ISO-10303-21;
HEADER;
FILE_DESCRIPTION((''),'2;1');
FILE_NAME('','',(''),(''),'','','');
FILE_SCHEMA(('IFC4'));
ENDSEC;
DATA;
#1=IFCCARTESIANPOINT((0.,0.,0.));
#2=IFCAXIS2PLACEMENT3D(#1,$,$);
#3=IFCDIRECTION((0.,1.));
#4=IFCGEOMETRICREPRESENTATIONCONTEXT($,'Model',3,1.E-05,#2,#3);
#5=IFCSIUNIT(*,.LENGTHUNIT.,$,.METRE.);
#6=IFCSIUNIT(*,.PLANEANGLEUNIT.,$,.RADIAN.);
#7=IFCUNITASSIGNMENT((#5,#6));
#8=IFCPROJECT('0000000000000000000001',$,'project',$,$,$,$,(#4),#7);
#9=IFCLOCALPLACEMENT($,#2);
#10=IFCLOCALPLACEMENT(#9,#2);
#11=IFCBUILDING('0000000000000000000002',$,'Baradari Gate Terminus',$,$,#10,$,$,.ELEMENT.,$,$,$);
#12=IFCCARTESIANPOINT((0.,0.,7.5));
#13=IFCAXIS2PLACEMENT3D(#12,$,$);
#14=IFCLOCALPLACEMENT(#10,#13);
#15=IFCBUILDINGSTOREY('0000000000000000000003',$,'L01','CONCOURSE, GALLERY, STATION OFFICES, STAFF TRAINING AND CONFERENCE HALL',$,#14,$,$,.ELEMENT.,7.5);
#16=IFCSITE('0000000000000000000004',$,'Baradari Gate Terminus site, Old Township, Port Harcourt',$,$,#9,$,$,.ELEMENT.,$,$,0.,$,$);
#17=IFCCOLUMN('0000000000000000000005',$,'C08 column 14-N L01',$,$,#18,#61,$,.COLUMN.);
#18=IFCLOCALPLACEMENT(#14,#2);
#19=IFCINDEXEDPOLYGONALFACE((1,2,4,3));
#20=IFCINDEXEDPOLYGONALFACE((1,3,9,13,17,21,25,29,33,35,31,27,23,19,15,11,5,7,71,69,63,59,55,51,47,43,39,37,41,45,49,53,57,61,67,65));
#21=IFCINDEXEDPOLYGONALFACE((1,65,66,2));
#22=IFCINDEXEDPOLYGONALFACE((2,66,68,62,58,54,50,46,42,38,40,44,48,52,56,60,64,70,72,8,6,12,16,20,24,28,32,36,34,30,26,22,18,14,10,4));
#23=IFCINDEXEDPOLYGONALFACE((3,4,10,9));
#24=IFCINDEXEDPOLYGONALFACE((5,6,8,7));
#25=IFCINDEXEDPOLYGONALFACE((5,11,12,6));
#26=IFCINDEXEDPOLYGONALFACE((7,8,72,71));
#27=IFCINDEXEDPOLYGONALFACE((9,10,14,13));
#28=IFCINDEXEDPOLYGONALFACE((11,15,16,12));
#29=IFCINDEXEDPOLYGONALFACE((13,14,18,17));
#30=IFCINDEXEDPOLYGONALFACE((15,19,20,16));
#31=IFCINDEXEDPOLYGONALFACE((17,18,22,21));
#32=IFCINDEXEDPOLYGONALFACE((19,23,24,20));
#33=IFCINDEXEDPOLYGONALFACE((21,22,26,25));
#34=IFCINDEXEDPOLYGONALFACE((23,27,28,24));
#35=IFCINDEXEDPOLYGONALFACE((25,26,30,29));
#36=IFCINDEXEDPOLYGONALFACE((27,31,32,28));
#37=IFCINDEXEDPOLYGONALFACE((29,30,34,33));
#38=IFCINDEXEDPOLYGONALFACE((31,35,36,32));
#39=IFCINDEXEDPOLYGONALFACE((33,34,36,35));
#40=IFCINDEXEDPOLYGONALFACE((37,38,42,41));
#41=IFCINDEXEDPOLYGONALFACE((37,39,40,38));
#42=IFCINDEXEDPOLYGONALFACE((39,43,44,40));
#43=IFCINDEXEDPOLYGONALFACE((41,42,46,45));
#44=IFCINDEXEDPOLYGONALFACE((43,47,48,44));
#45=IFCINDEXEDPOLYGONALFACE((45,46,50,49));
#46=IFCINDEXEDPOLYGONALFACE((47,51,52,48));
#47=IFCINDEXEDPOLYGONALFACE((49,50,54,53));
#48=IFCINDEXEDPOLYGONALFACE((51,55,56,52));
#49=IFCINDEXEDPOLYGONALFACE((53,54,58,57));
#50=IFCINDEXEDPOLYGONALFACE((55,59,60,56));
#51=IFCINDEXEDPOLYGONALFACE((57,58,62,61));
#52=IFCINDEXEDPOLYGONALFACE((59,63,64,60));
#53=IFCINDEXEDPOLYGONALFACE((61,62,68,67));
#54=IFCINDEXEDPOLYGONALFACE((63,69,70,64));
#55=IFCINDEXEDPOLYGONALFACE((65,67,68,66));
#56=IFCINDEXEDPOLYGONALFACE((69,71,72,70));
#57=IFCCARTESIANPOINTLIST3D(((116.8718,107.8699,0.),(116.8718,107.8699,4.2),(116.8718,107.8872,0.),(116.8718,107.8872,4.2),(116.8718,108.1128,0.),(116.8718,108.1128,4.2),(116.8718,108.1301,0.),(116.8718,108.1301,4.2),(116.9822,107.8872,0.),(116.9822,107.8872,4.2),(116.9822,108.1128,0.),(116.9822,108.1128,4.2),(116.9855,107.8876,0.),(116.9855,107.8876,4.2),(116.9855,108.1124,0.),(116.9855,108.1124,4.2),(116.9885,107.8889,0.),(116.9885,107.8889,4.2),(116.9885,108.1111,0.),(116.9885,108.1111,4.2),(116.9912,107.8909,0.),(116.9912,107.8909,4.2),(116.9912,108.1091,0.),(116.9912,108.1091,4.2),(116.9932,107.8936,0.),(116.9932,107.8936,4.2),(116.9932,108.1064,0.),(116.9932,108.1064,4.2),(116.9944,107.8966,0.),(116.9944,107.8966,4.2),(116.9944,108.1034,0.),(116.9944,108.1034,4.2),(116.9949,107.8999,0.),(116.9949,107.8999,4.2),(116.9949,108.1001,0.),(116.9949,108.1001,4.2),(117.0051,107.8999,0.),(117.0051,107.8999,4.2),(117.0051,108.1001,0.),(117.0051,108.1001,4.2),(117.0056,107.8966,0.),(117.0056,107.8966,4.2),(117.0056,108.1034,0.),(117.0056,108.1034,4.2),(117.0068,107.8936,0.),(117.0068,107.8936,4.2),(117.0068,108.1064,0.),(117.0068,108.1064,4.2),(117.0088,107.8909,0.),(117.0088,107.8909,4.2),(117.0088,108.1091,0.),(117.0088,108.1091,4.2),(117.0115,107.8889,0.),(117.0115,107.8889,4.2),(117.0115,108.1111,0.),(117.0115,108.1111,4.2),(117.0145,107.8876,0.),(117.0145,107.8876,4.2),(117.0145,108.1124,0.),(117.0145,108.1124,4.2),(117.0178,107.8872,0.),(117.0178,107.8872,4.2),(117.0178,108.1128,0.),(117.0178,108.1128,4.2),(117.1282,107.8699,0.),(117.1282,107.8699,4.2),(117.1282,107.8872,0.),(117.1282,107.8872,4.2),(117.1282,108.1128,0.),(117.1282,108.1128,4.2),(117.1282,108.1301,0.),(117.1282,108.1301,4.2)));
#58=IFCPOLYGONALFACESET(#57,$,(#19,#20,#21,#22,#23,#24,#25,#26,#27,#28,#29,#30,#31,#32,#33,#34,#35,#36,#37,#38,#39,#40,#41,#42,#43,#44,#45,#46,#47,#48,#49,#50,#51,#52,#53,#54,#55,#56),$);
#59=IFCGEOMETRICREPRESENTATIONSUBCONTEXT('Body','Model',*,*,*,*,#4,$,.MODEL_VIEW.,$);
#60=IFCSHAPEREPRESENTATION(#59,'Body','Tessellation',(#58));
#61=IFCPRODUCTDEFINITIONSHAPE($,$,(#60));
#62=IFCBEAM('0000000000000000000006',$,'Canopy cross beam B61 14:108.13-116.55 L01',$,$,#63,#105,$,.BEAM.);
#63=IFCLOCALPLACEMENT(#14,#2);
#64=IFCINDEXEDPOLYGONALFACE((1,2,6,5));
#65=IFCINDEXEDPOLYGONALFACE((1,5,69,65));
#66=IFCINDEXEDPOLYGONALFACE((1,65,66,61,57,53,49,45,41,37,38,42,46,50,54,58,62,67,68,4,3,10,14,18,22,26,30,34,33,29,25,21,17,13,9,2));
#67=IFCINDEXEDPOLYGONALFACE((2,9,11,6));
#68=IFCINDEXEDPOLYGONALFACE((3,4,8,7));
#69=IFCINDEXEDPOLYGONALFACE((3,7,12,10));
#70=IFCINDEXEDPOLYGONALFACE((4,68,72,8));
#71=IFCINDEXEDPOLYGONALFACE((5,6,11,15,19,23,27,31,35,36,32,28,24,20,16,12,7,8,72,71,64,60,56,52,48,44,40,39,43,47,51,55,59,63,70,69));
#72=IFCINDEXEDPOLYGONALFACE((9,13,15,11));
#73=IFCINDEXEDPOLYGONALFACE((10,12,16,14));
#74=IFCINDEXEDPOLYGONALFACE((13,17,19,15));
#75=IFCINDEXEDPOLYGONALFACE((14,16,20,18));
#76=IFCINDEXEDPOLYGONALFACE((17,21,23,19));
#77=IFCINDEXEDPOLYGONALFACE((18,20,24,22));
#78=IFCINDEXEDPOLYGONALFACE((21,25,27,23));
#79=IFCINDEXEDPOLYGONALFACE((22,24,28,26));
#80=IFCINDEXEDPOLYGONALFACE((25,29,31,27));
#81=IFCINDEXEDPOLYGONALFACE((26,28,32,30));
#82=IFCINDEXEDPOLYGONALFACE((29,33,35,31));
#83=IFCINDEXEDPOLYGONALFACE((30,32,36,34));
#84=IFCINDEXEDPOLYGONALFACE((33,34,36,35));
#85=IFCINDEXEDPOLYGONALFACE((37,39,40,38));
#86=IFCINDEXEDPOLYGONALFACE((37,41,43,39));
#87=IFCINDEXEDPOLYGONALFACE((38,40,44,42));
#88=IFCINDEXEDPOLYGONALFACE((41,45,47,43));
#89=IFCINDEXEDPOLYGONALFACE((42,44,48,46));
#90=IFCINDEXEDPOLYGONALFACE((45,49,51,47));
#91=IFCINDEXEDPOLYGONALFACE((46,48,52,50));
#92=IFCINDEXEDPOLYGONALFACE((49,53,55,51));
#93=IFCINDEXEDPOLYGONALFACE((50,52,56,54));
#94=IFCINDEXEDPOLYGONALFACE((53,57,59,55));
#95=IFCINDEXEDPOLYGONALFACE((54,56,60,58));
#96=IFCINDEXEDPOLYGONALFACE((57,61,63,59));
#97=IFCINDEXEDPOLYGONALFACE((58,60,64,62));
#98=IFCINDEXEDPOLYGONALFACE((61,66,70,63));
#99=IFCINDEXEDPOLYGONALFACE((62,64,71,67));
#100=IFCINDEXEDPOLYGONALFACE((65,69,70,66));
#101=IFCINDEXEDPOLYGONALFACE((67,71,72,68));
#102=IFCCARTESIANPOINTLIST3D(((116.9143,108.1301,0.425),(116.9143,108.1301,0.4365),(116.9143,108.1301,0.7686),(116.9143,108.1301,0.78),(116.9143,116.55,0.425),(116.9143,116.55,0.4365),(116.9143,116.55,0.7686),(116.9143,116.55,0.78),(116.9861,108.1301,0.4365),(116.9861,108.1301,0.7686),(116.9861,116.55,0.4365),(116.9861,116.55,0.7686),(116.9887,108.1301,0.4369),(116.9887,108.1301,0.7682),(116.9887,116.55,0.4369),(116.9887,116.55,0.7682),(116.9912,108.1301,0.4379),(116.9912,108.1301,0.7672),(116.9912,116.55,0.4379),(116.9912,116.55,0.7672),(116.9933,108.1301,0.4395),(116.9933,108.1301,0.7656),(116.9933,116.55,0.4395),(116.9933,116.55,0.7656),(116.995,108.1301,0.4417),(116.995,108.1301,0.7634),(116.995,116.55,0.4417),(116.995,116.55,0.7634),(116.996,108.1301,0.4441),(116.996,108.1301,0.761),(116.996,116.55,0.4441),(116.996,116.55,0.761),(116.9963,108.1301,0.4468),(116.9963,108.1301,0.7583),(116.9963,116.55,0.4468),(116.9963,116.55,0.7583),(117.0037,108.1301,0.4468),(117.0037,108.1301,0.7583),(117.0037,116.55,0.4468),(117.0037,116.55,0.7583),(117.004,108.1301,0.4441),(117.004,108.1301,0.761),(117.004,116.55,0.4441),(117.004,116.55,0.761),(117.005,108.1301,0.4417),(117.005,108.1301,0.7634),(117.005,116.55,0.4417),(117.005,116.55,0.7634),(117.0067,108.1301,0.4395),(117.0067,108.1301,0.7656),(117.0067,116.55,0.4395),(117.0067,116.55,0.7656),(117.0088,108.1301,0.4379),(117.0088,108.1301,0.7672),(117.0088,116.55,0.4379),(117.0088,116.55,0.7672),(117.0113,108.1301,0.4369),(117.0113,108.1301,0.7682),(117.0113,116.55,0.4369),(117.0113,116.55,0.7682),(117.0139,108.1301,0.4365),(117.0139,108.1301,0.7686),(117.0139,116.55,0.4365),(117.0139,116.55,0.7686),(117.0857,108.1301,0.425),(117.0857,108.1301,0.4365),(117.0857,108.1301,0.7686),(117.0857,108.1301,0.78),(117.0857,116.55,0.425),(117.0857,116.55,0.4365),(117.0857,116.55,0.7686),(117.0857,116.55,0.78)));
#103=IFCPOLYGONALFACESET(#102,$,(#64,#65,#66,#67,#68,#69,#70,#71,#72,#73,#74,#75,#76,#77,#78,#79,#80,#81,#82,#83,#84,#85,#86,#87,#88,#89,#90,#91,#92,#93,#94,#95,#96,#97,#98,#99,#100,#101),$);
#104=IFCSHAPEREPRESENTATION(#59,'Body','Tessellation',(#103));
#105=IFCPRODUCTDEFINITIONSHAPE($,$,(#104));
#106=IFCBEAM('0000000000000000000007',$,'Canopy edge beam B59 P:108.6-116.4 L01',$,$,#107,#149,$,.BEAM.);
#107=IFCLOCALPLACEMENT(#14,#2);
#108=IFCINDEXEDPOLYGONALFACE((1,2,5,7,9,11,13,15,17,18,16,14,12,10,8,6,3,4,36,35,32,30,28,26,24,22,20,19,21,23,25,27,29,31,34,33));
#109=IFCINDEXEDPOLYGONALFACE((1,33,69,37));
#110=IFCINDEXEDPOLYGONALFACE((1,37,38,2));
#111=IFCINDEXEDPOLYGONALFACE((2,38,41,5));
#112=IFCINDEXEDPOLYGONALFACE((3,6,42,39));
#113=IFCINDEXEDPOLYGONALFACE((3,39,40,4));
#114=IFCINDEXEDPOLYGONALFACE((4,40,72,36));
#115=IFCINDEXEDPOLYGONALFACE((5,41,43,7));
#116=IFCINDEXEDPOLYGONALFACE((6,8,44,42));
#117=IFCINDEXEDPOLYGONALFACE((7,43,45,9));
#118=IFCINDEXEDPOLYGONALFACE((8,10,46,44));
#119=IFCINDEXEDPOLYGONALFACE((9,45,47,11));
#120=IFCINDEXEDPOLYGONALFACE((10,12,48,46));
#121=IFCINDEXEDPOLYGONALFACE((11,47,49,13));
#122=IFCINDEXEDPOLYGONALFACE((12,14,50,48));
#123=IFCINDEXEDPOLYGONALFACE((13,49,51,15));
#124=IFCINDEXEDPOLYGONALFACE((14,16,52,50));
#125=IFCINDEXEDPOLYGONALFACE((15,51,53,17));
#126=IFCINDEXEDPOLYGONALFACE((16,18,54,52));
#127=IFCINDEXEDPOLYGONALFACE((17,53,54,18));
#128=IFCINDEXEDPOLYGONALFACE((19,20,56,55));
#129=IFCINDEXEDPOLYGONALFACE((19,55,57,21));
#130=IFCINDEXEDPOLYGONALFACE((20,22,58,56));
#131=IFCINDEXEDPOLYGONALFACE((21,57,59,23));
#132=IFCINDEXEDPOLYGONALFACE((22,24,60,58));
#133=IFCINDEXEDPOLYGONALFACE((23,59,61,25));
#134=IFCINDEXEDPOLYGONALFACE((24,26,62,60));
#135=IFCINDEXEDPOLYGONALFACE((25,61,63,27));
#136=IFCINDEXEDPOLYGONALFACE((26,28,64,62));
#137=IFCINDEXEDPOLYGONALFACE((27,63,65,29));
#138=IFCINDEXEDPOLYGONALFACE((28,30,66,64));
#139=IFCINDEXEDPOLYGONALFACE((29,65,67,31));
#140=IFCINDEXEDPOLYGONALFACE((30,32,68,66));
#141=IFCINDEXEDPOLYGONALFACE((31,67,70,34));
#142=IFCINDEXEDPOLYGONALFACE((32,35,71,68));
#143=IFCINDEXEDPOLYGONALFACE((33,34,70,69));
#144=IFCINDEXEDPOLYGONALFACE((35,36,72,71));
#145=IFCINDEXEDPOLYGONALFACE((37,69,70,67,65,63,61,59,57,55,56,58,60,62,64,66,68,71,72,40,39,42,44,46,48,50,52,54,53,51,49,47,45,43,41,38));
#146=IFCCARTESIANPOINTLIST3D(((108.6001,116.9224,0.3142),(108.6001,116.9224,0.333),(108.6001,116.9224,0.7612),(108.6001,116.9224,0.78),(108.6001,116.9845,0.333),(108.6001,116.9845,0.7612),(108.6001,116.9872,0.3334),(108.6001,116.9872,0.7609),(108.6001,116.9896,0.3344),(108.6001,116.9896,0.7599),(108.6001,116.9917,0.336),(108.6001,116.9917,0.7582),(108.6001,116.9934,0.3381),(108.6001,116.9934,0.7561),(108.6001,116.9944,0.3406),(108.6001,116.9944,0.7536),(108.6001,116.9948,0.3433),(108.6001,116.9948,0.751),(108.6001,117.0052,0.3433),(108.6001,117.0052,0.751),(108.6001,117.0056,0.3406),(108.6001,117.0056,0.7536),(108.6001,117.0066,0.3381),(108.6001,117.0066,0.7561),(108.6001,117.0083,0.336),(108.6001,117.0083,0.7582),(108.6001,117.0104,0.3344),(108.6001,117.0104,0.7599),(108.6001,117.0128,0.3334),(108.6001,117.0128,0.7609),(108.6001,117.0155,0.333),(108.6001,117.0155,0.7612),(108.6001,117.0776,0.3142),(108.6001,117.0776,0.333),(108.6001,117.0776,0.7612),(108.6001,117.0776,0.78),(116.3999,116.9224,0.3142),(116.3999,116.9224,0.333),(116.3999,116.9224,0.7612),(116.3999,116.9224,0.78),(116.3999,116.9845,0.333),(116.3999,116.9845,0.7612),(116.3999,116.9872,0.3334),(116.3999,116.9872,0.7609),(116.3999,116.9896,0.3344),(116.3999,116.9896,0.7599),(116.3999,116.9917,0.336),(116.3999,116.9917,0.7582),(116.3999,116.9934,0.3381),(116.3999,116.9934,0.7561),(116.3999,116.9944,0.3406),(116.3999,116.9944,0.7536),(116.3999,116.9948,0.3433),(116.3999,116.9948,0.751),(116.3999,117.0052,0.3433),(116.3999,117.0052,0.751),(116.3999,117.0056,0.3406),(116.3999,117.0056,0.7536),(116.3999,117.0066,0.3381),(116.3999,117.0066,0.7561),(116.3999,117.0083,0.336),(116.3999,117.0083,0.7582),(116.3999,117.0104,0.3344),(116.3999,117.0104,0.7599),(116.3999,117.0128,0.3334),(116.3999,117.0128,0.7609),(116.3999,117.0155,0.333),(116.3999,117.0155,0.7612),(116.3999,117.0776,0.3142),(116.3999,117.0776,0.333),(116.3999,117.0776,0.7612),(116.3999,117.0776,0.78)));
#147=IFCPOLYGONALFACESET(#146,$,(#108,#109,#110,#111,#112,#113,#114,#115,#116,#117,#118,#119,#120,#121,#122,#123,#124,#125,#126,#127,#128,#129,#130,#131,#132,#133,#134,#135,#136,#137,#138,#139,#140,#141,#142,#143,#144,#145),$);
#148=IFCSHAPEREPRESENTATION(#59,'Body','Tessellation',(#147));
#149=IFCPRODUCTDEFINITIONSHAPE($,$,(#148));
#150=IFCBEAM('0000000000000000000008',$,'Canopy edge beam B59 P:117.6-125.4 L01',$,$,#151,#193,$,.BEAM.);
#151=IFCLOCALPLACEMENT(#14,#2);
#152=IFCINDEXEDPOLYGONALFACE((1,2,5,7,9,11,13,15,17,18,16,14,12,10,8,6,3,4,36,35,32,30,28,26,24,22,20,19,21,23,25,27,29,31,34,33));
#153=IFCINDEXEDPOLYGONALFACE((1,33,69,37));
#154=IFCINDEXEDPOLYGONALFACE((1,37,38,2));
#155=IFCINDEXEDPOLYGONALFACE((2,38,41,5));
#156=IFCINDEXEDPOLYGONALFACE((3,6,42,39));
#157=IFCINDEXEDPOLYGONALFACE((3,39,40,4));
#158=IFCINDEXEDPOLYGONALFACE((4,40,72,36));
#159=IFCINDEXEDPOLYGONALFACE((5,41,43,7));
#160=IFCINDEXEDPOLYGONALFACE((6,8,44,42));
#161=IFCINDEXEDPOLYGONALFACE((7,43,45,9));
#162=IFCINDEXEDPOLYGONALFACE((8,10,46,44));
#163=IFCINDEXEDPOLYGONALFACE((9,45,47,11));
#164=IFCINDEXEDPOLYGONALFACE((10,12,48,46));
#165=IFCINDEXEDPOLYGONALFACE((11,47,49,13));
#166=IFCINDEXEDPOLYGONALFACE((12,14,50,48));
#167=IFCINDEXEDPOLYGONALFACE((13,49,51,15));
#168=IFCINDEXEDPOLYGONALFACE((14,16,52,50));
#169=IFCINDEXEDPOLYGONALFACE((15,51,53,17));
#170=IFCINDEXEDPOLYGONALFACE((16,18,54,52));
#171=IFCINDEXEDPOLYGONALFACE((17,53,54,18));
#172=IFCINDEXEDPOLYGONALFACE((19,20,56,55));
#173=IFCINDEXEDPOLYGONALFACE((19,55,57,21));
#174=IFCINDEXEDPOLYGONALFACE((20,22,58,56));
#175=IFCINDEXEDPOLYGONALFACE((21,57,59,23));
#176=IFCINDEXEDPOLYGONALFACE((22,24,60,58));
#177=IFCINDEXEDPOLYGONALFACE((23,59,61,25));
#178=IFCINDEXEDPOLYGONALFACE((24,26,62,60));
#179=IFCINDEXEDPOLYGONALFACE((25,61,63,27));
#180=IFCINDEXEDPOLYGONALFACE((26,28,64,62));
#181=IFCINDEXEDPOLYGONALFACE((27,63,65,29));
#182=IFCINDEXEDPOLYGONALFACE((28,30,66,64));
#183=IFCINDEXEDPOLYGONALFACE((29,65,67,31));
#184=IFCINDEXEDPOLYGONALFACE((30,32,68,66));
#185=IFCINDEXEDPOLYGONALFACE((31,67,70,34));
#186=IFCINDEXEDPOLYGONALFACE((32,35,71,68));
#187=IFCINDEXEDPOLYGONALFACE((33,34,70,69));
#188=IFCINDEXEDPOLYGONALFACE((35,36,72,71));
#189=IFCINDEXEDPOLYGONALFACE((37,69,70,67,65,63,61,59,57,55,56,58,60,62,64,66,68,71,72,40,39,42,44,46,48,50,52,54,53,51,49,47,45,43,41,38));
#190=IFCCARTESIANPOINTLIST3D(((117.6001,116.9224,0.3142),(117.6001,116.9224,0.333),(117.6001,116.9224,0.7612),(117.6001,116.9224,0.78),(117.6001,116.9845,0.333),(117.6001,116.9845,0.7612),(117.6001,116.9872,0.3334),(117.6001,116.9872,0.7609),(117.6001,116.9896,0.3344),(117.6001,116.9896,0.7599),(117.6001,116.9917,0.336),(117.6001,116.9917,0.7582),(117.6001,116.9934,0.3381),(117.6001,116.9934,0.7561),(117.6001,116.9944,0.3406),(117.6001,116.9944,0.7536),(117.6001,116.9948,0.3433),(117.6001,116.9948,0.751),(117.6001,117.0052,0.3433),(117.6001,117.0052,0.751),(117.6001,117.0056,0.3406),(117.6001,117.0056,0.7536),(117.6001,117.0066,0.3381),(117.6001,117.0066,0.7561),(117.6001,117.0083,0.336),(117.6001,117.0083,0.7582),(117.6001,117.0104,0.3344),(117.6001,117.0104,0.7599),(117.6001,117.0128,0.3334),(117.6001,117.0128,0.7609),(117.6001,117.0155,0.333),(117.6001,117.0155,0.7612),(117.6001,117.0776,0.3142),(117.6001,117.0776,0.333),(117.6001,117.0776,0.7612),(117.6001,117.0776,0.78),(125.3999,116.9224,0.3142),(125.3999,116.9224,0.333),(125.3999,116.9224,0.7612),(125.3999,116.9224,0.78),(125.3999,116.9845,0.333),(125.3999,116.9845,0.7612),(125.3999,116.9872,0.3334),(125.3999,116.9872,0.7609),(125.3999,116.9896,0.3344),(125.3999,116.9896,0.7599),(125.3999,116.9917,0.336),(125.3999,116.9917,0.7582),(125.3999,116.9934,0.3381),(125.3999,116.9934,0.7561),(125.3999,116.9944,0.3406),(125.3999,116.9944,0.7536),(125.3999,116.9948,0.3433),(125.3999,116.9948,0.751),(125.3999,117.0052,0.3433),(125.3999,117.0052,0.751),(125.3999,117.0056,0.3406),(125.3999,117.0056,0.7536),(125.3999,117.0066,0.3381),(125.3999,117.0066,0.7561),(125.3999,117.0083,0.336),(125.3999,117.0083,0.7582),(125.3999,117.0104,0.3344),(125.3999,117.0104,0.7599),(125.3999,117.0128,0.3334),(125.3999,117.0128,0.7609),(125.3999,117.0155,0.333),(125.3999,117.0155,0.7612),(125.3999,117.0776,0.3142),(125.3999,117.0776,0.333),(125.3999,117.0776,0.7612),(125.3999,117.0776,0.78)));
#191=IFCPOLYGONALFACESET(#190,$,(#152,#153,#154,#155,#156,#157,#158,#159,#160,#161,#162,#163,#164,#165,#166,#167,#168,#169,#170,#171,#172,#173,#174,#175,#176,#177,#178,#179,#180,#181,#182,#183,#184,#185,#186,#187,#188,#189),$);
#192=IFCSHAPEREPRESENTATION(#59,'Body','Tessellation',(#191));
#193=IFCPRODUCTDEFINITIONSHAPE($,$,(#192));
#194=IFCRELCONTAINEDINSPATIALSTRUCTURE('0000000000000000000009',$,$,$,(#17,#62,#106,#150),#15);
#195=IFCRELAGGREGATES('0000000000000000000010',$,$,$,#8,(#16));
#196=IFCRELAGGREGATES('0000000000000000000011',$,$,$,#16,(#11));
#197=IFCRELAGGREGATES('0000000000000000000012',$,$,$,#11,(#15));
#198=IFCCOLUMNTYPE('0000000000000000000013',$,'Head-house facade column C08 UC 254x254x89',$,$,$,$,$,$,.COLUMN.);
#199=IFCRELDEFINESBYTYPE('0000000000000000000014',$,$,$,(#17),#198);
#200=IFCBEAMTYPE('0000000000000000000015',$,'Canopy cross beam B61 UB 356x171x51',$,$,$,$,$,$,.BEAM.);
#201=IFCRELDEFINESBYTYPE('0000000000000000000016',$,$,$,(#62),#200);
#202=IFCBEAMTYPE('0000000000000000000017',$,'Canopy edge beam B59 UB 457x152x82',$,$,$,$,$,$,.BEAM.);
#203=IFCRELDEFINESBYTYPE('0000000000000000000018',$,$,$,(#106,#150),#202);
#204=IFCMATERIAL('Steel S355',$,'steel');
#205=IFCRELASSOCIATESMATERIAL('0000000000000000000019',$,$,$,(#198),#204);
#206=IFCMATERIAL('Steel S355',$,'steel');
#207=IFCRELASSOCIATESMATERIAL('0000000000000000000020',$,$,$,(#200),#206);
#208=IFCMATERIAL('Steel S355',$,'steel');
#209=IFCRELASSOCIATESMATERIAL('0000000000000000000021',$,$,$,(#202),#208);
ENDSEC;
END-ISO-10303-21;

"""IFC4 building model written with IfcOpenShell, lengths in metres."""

from ifc_helpers import new_model, si_unit, direction, frame, origin, origin_2d, place, context, subcontext, project, spatial, i_section, extrude, material, material_profile, profile_set, type_object, element, save


model = new_model("IFC4")

# Units and contexts
model_context = context("Model", 3, precision=1e-05, world=origin(), true_north=direction((0.0, 1.0)))
body_context = subcontext(model_context, "Body", "Model", "MODEL_VIEW")
ifc_project = project(units=[si_unit("LENGTHUNIT", "METRE"), si_unit("PLANEANGLEUNIT", "RADIAN")], contexts=[model_context])

# Site, building, storey
site_placement = place(None, origin())
site = spatial("IfcSite", under=ifc_project, at=site_placement, Name="Baradari Gate Terminus site, Old Township, Port Harcourt", CompositionType="ELEMENT", RefElevation=0.0)
building_placement = place(site_placement, origin())
building = spatial("IfcBuilding", under=site, at=building_placement, Name="Baradari Gate Terminus", CompositionType="ELEMENT")
storey_placement = place(building_placement, frame((0.0, 0.0, 7.5)))
storey = spatial("IfcBuildingStorey", under=building, at=storey_placement, Name="L01", Description="CONCOURSE, GALLERY, STATION OFFICES, STAFF TRAINING AND CONFERENCE HALL", CompositionType="ELEMENT", Elevation=7.5)

# Column
ifc_material_1 = material(Name="Steel S355", Category="steel")
ifc_material_profile_1 = material_profile(ifc_material_1, i_section(OverallWidth=0.2563, OverallDepth=0.2603, WebThickness=0.0103, FlangeThickness=0.0173, FilletRadius=0.0127, at=origin_2d()), Name="UC 254x254x89")
ifc_profile_set_1 = profile_set([ifc_material_profile_1], Name="Steel S355")
column_type = type_object("IfcColumnType", Name="Head-house facade column C08 UC 254x254x89", PredefinedType="COLUMN", material=ifc_profile_set_1)
column_placement = place(storey_placement, frame((117.0, 108.0, 0.0), z_axis=(0.0, 0.0, 1.0), x_axis=(1.0, 0.0, 0.0)))
element("IfcColumn", 1, at=column_placement, inside=storey, type_object=column_type, Name="C08 column 14-N L01", PredefinedType="COLUMN", context=body_context, shape_type="SweptSolid", body=[
    extrude(i_section(OverallWidth=0.2563, OverallDepth=0.2603, WebThickness=0.0103, FlangeThickness=0.0173, FilletRadius=0.0127, at=origin_2d()), origin(), (0.0, 0.0, 1.0), 4.2),
])

# Beams
ifc_material_2 = material(Name="Steel S355", Category="steel")
ifc_material_profile_2 = material_profile(ifc_material_2, i_section(OverallWidth=0.1714, OverallDepth=0.355, WebThickness=0.0073, FlangeThickness=0.0115, FilletRadius=0.0103, at=origin_2d()), Name="UB 356x171x51")
ifc_profile_set_2 = profile_set([ifc_material_profile_2], Name="Steel S355")
beam_type_1 = type_object("IfcBeamType", Name="Canopy cross beam B61 UB 356x171x51", PredefinedType="BEAM", material=ifc_profile_set_2)
beam_1_placement = place(storey_placement, frame((117.0, 108.1301, 0.6025), z_axis=(0.0, 1.0, 0.0), x_axis=(-1.0, 0.0, 0.0)))
element("IfcBeam", 2, at=beam_1_placement, inside=storey, type_object=beam_type_1, Name="Canopy cross beam B61 14:108.13-116.55 L01", PredefinedType="BEAM", context=body_context, shape_type="SweptSolid", body=[
    extrude(i_section(OverallWidth=0.1714, OverallDepth=0.355, WebThickness=0.0073, FlangeThickness=0.0115, FilletRadius=0.0103, at=origin_2d()), origin(), (0.0, 0.0, 1.0), 8.4199),
])
ifc_material_3 = material(Name="Steel S355", Category="steel")
ifc_material_profile_3 = material_profile(ifc_material_3, i_section(OverallWidth=0.1553, OverallDepth=0.4658, WebThickness=0.0105, FlangeThickness=0.0188, FilletRadius=0.0103, at=origin_2d()), Name="UB 457x152x82")
ifc_profile_set_3 = profile_set([ifc_material_profile_3], Name="Steel S355")
beam_type_2 = type_object("IfcBeamType", Name="Canopy edge beam B59 UB 457x152x82", PredefinedType="BEAM", material=ifc_profile_set_3)
for number, where, z_axis, x_axis, name in (
    (3, (108.6001, 117.0, 0.5471), (1.0, 0.0, 0.0), (0.0, 1.0, 0.0), "Canopy edge beam B59 P:108.6-116.4 L01"),
    (4, (117.6001, 117.0, 0.5471), (1.0, 0.0, 0.0), (0.0, 1.0, 0.0), "Canopy edge beam B59 P:117.6-125.4 L01"),
):
    element("IfcBeam", number, at=place(storey_placement, frame(where, z_axis=z_axis, x_axis=x_axis)), inside=storey, type_object=beam_type_2, Name=name, PredefinedType="BEAM", context=body_context, shape_type="SweptSolid", body=[
        extrude(i_section(OverallWidth=0.1553, OverallDepth=0.4658, WebThickness=0.0105, FlangeThickness=0.0188, FilletRadius=0.0103, at=origin_2d()), origin(), (0.0, 0.0, 1.0), 7.7998),
    ])

save(model, "model.ifc")
